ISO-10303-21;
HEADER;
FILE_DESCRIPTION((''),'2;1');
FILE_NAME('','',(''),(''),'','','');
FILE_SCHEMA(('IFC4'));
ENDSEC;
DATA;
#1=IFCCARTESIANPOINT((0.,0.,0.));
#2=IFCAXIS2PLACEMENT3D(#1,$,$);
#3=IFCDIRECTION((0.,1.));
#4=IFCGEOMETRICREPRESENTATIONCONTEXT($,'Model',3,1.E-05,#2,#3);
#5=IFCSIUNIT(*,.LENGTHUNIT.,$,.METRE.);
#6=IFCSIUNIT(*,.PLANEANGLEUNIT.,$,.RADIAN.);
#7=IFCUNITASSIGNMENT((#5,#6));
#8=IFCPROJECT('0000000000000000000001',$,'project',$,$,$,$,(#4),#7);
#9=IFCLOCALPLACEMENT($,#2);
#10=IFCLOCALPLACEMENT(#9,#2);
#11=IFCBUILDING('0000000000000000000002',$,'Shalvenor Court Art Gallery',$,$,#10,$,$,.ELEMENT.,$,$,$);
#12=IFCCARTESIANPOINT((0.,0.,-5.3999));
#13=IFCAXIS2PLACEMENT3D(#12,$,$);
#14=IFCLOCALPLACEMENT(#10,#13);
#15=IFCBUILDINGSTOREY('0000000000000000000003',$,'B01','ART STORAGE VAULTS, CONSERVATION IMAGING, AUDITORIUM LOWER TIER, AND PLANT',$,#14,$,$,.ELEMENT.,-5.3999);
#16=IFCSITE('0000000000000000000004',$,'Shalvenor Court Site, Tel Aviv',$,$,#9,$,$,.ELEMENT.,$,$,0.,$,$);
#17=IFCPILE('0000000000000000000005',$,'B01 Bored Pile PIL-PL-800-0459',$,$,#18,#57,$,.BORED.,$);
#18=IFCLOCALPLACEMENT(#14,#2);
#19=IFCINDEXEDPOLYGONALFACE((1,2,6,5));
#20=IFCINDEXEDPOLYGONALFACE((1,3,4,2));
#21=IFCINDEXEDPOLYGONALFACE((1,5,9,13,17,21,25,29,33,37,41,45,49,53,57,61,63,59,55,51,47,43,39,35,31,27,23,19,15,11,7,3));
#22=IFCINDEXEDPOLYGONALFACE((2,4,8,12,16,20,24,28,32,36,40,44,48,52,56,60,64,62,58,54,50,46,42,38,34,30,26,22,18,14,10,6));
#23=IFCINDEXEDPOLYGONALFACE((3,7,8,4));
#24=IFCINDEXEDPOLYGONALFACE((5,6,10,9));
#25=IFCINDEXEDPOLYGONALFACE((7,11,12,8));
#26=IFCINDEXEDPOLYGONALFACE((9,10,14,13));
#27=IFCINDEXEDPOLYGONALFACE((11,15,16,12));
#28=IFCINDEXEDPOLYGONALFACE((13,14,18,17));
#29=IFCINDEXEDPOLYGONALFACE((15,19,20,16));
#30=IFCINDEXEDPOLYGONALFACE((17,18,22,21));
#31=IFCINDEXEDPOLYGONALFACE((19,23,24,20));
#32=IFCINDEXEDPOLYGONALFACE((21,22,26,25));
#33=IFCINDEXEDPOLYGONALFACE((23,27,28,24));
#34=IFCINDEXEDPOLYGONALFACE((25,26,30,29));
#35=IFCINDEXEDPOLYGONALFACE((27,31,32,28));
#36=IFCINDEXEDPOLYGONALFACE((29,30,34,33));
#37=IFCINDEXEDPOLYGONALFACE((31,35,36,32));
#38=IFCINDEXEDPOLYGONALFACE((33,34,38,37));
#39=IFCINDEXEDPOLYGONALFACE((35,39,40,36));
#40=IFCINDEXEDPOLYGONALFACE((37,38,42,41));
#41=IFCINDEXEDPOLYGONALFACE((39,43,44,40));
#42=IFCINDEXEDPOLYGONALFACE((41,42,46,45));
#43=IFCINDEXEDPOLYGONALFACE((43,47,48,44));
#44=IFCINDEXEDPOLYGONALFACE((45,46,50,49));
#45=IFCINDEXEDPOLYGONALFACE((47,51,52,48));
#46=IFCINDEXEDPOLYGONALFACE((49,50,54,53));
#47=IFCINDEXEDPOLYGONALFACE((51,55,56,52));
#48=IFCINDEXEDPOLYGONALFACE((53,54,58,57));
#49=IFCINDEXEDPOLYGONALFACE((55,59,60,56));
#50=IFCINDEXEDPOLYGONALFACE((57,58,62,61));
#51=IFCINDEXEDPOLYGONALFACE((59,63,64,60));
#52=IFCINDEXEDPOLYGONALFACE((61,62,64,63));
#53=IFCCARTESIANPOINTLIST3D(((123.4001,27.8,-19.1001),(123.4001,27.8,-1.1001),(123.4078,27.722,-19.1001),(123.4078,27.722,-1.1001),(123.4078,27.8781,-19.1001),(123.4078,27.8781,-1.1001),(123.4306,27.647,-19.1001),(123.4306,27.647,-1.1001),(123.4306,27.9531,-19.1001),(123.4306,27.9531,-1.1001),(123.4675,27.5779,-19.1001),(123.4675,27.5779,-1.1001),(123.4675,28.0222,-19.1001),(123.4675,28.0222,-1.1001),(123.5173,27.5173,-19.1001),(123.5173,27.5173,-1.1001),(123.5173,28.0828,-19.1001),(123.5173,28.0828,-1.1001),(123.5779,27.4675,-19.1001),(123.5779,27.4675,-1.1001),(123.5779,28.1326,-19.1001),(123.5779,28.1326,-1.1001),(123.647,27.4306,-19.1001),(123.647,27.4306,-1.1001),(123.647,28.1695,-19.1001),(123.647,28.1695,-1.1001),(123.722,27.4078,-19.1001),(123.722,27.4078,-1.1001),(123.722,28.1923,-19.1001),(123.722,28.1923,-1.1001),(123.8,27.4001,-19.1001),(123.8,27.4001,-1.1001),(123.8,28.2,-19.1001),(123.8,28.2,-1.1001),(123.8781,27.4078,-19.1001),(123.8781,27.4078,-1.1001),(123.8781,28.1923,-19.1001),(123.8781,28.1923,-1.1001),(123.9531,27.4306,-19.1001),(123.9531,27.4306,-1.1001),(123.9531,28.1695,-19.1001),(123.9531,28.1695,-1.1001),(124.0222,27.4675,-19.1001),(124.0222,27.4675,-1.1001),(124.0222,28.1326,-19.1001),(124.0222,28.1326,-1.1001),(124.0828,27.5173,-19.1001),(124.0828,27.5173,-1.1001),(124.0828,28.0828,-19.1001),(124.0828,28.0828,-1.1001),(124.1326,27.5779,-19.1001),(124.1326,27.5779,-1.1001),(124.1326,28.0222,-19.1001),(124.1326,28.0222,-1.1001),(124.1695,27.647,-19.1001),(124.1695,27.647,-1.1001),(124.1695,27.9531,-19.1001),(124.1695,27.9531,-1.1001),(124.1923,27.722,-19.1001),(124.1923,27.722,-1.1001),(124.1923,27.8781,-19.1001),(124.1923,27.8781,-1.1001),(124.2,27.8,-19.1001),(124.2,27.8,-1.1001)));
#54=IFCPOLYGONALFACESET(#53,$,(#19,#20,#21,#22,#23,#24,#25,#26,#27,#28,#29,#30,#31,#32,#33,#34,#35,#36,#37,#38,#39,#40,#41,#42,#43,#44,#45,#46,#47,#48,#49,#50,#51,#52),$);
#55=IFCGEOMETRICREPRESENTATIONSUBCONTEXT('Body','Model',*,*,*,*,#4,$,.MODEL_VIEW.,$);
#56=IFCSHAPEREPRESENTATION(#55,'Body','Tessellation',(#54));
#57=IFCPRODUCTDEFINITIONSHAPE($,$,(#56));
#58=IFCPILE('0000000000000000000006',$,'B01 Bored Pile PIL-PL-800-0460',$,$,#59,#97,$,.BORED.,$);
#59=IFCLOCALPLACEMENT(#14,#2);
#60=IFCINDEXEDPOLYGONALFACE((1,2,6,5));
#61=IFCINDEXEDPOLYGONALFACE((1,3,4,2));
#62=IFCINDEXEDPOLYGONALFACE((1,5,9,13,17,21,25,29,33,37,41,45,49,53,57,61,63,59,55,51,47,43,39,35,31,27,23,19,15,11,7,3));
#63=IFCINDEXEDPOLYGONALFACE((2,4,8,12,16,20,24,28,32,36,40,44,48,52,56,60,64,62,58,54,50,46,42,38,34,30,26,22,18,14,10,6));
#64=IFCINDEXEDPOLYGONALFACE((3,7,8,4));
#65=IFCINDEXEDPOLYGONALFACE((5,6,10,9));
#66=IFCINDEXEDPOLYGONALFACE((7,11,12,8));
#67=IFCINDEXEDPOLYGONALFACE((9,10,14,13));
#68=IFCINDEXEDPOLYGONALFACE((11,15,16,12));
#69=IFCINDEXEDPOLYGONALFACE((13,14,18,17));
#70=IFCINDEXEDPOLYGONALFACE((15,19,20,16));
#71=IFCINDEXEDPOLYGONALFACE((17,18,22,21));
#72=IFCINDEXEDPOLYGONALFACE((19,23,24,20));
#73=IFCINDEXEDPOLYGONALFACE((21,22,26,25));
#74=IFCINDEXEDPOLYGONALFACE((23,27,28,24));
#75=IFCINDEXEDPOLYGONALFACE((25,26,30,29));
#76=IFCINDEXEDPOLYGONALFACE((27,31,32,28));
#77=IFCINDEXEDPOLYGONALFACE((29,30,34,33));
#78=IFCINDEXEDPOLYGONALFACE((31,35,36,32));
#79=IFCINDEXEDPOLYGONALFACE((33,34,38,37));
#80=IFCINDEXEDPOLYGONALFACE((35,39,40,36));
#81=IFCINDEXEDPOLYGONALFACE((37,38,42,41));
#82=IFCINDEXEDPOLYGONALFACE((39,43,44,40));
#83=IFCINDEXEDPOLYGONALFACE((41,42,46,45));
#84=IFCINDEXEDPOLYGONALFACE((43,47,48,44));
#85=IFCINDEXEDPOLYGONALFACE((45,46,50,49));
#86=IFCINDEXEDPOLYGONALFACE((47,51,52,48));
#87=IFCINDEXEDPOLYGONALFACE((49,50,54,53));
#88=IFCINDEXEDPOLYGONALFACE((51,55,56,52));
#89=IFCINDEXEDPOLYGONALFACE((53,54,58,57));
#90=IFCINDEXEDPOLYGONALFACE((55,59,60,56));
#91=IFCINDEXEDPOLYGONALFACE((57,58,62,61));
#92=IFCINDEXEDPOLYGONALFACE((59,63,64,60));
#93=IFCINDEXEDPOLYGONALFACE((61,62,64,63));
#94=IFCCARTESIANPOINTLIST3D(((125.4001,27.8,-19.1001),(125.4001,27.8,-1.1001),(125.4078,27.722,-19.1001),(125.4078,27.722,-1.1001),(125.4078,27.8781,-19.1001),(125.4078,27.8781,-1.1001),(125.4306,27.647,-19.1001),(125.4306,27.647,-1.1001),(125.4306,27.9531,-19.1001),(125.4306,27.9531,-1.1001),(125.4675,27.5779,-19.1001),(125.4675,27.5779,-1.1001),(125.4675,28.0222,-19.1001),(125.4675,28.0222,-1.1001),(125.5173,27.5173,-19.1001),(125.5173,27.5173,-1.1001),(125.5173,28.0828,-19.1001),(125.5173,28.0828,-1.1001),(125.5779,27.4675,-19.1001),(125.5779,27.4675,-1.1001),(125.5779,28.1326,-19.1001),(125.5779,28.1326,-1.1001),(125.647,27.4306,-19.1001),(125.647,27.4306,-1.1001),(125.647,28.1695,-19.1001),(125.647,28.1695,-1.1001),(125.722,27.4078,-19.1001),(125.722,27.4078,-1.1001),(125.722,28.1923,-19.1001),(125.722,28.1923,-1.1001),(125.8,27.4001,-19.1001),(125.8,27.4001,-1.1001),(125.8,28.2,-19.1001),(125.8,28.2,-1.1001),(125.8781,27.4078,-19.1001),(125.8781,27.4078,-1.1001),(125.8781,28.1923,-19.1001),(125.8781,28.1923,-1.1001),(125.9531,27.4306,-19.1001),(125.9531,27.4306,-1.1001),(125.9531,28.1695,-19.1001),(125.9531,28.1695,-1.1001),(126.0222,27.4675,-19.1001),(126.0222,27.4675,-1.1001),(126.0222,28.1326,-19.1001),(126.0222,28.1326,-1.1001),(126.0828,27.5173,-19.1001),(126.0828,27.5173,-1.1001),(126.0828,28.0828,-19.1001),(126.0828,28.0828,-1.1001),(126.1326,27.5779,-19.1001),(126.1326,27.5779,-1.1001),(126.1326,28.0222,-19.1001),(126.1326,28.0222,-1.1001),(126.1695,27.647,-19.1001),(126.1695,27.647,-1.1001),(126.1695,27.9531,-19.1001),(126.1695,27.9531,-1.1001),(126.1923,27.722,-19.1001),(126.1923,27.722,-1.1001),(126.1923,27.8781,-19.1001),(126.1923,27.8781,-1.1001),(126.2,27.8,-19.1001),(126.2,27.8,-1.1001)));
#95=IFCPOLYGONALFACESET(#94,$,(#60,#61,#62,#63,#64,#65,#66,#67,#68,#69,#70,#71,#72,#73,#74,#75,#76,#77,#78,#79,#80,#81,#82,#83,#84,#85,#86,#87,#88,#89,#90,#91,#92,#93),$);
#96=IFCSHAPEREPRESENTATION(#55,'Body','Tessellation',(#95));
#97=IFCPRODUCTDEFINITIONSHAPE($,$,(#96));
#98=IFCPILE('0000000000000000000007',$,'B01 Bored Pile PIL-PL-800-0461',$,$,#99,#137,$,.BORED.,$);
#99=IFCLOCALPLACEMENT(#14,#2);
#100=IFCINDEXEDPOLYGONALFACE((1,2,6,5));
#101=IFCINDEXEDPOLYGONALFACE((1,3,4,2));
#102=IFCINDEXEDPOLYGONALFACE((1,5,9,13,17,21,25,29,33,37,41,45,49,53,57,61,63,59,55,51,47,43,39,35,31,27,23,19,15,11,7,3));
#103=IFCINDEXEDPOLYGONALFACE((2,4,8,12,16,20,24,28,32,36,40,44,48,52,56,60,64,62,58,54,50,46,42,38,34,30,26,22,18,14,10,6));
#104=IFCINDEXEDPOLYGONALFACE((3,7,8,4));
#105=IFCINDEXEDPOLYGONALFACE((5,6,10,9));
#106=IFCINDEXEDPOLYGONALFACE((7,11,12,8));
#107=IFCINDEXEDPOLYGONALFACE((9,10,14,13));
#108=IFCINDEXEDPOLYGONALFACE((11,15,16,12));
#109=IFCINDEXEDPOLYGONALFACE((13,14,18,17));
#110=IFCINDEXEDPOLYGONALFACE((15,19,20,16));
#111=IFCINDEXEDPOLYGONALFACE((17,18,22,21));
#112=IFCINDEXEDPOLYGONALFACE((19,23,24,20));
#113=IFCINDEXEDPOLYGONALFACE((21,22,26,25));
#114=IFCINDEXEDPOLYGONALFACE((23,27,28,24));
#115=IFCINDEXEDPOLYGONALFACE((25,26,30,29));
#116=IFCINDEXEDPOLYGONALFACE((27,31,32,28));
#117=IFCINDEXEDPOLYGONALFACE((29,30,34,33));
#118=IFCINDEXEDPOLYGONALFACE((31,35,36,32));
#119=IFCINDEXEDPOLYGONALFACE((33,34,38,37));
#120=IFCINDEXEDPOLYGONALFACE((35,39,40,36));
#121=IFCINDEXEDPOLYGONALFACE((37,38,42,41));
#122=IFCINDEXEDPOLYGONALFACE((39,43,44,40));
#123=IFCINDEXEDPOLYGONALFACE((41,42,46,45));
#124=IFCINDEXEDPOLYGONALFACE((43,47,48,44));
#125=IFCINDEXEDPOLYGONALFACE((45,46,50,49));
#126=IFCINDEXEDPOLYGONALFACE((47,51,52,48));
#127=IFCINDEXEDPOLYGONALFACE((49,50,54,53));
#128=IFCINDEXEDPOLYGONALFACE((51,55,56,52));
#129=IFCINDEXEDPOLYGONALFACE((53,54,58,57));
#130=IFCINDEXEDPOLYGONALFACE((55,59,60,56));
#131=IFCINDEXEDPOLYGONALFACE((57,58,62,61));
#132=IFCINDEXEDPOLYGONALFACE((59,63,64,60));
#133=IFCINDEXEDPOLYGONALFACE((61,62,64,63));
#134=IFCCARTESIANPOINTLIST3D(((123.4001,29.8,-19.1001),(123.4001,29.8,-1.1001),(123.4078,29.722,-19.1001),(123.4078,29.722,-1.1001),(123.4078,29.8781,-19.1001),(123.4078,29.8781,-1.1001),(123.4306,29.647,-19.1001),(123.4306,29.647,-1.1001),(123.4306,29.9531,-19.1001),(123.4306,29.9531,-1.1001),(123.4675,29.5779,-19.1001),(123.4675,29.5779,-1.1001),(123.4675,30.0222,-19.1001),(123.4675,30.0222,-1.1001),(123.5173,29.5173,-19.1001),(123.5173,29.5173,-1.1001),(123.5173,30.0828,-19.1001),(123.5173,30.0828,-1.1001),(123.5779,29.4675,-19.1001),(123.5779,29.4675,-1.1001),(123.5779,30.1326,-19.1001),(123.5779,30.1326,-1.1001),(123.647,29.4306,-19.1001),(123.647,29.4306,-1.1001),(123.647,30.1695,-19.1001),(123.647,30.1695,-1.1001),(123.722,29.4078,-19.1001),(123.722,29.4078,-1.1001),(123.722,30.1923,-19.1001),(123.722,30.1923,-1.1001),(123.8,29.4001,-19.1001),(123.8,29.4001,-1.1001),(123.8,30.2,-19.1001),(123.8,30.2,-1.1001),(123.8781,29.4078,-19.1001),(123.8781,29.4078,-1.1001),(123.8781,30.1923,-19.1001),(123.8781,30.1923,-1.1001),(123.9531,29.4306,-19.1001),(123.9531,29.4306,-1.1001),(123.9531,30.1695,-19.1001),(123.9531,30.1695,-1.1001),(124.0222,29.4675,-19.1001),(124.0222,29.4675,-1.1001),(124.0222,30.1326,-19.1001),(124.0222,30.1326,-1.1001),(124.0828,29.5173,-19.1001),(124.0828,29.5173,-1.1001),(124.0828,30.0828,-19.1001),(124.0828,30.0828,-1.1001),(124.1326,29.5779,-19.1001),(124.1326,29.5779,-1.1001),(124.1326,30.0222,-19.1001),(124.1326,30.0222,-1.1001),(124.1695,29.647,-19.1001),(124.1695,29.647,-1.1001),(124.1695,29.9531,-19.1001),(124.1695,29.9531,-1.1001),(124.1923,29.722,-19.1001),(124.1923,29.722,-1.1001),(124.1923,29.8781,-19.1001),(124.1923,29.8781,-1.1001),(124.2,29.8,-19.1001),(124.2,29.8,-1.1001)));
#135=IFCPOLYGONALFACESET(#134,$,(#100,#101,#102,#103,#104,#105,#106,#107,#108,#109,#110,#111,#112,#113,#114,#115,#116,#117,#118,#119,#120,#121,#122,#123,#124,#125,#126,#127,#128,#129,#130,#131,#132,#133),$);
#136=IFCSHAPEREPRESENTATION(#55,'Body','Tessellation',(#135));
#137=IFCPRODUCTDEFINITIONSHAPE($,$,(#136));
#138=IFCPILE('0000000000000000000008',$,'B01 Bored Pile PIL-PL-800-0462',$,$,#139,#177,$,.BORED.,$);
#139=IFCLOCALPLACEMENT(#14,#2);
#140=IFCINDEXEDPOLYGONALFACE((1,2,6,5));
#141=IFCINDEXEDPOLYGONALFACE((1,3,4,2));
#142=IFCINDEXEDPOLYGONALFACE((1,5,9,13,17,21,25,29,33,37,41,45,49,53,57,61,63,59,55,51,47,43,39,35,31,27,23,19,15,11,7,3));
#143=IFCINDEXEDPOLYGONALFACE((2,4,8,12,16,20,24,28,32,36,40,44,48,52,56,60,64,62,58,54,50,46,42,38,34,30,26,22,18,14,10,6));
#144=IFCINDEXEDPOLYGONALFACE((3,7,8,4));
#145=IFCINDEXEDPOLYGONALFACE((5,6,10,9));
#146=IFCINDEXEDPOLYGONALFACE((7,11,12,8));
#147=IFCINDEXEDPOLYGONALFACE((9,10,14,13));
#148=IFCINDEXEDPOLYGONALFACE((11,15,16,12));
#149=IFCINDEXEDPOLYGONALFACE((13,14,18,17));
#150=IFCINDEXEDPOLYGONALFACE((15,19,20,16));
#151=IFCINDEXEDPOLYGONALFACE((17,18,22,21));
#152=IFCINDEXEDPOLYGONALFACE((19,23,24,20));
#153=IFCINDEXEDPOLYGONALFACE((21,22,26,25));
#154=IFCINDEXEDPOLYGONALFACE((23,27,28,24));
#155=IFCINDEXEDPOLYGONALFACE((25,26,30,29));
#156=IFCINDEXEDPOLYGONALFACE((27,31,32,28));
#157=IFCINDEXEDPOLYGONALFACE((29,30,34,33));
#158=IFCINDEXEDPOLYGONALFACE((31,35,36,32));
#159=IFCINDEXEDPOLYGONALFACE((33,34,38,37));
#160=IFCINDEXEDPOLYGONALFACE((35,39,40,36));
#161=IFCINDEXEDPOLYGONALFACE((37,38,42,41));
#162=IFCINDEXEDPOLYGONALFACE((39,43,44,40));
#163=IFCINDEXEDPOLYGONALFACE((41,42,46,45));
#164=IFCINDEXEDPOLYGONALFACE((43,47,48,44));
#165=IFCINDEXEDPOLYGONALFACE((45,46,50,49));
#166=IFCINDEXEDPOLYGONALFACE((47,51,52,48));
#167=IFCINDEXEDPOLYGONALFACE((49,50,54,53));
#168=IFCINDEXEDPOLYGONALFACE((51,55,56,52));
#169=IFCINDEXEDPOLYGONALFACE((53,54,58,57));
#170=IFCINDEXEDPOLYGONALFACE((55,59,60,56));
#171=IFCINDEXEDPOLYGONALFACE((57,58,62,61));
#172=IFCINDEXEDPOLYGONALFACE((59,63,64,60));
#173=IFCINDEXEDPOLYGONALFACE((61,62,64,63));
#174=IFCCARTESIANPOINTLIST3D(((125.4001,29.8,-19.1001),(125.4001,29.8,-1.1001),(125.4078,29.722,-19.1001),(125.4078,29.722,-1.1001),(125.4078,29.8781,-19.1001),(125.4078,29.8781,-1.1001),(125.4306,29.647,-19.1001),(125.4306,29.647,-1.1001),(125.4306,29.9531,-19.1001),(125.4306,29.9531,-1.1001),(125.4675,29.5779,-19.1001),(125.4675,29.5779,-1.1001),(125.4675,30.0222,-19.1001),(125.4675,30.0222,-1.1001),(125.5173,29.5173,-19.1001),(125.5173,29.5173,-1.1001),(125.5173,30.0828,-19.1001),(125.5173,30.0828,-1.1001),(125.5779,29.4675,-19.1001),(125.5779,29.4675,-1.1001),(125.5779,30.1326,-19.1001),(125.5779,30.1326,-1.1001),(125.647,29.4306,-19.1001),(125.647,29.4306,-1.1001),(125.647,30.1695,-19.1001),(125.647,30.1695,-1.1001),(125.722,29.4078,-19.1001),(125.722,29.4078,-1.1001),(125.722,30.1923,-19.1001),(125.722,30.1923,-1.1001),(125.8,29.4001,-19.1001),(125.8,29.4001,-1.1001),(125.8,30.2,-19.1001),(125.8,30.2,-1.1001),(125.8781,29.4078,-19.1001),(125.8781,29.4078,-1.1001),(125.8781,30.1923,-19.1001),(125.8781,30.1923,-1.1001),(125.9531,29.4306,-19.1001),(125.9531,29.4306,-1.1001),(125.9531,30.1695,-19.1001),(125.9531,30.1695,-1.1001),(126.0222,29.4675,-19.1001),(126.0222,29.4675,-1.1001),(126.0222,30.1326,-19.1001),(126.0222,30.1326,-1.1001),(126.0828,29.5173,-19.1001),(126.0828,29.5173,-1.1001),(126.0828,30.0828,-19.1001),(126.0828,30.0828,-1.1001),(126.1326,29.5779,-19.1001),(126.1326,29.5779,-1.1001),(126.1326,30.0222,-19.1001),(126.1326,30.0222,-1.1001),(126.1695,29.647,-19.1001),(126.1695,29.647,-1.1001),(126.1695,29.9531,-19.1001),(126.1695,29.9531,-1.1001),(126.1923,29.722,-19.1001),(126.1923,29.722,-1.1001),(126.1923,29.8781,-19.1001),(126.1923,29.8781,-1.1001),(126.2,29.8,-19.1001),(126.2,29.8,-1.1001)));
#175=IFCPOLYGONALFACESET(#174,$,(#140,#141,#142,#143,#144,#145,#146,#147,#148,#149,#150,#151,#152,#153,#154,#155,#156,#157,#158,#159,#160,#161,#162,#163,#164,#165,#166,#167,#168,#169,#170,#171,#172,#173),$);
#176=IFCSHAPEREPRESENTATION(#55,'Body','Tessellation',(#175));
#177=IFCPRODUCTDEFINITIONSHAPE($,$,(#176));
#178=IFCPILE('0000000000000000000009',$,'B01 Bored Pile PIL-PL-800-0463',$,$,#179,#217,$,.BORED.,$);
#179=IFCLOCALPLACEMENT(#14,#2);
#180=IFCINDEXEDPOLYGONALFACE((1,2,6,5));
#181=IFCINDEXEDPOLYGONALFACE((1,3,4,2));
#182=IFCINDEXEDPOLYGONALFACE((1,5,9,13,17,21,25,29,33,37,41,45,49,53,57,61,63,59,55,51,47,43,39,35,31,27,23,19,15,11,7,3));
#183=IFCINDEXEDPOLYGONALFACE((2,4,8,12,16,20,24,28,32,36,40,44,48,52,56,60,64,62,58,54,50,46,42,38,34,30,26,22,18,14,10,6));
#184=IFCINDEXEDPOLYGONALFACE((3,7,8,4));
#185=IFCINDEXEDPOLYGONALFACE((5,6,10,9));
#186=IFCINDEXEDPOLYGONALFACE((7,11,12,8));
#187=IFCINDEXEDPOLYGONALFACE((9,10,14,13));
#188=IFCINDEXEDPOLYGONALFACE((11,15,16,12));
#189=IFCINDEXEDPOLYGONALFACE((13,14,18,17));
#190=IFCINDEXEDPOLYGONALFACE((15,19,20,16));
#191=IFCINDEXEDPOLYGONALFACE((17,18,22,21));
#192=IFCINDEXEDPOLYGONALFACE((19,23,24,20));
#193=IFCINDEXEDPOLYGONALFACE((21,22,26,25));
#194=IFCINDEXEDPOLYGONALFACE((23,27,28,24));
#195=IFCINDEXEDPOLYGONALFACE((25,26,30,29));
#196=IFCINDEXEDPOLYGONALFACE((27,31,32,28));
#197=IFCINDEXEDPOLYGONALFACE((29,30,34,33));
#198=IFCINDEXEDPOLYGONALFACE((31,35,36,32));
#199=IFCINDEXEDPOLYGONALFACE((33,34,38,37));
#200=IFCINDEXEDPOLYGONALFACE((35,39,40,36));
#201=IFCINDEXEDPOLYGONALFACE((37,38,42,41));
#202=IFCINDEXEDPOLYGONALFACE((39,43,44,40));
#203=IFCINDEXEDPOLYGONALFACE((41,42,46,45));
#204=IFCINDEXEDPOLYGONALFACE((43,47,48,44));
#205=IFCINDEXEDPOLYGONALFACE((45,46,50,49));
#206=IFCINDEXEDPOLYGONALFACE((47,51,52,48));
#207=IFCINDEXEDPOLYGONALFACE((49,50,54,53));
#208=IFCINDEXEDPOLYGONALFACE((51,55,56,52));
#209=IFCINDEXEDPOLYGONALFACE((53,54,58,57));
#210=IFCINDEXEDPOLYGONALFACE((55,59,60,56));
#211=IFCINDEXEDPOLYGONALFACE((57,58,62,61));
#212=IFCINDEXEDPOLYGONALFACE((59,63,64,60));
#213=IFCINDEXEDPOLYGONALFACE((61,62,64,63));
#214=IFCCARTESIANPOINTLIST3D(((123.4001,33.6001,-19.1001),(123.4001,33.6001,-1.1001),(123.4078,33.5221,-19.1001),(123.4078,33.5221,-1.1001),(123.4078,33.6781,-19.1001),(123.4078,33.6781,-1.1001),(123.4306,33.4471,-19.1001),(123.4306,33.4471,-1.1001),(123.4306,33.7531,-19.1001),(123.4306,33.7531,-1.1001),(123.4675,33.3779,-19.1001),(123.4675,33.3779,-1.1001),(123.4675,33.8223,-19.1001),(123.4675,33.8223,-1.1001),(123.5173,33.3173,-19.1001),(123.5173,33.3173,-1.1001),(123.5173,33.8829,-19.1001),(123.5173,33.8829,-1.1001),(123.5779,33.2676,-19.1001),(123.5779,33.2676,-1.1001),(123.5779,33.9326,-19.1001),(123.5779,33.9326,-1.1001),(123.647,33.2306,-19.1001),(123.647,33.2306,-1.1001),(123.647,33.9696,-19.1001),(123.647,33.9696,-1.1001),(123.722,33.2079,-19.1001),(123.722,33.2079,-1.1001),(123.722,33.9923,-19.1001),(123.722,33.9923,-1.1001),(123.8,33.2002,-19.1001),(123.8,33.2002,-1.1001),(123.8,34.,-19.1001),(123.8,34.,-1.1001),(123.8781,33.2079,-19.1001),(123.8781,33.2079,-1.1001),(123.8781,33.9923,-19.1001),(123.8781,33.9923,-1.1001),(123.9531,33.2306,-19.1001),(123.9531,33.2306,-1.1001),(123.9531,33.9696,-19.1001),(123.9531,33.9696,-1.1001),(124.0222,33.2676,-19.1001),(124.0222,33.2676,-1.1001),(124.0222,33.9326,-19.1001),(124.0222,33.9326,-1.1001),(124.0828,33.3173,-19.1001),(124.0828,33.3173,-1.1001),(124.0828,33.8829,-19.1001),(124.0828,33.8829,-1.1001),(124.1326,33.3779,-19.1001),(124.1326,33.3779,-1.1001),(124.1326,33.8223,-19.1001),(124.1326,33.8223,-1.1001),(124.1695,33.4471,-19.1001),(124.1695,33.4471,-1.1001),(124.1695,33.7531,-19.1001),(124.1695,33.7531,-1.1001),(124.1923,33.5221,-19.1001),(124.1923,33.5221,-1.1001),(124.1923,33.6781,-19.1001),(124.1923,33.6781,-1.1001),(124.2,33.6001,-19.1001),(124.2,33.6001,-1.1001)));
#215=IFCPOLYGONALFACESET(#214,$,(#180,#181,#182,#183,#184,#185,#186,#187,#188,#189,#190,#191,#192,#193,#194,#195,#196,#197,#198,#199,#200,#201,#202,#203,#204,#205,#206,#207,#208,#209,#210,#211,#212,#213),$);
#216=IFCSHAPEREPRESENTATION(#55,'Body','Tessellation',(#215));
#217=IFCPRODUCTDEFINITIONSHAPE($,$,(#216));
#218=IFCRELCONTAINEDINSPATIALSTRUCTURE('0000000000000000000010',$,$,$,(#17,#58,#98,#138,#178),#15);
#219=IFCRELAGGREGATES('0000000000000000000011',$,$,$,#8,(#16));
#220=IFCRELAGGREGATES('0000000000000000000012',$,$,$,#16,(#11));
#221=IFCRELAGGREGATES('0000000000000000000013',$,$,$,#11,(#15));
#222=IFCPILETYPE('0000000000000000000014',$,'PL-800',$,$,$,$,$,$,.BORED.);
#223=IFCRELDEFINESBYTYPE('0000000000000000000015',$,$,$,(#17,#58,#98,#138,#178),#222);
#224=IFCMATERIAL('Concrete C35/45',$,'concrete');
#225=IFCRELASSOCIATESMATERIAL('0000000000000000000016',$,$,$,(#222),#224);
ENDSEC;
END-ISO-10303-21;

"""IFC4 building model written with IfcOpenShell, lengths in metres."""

from ifc_helpers import new_model, si_unit, direction, frame, origin, origin_2d, place, context, subcontext, project, spatial, circle, extrude, material, material_profile, profile_set, type_object, element, save


model = new_model("IFC4")

# Units and contexts
model_context = context("Model", 3, precision=1e-05, world=origin(), true_north=direction((0.0, 1.0)))
body_context = subcontext(model_context, "Body", "Model", "MODEL_VIEW")
ifc_project = project(units=[si_unit("LENGTHUNIT", "METRE"), si_unit("PLANEANGLEUNIT", "RADIAN")], contexts=[model_context])

# Site, building, storey
site_placement = place(None, origin())
site = spatial("IfcSite", under=ifc_project, at=site_placement, Name="Shalvenor Court Site, Tel Aviv", CompositionType="ELEMENT", RefElevation=0.0)
building_placement = place(site_placement, origin())
building = spatial("IfcBuilding", under=site, at=building_placement, Name="Shalvenor Court Art Gallery", CompositionType="ELEMENT")
storey_placement = place(building_placement, frame((0.0, 0.0, -5.3999)))
storey = spatial("IfcBuildingStorey", under=building, at=storey_placement, Name="B01", Description="ART STORAGE VAULTS, CONSERVATION IMAGING, AUDITORIUM LOWER TIER, AND PLANT", CompositionType="ELEMENT", Elevation=-5.3999)

# Piles
ifc_material_1 = material(Name="Concrete C35/45", Category="concrete")
ifc_material_profile_1 = material_profile(ifc_material_1, circle(Radius=0.3999, at=origin_2d()), Name="PILE 800")
ifc_profile_set_1 = profile_set([ifc_material_profile_1], Name="Concrete C35/45")
pile_type = type_object("IfcPileType", Name="PL-800", PredefinedType="BORED", material=ifc_profile_set_1)
for number, where, z_axis, x_axis, name in (
    (1, (123.8, 27.8, -1.1001), (0.0, 0.0, -1.0), (1.0, 0.0, 0.0), "B01 Bored Pile PIL-PL-800-0459"),
    (2, (125.8, 27.8, -1.1001), (0.0, 0.0, -1.0), (1.0, 0.0, 0.0), "B01 Bored Pile PIL-PL-800-0460"),
    (3, (123.8, 29.8, -1.1001), (0.0, 0.0, -1.0), (1.0, 0.0, 0.0), "B01 Bored Pile PIL-PL-800-0461"),
    (4, (125.8, 29.8, -1.1001), (0.0, 0.0, -1.0), (1.0, 0.0, 0.0), "B01 Bored Pile PIL-PL-800-0462"),
    (5, (123.8, 33.6001, -1.1001), (0.0, 0.0, -1.0), (1.0, 0.0, 0.0), "B01 Bored Pile PIL-PL-800-0463"),
):
    element("IfcPile", number, at=place(storey_placement, frame(where, z_axis=z_axis, x_axis=x_axis)), inside=storey, type_object=pile_type, Name=name, PredefinedType="BORED", context=body_context, shape_type="SweptSolid", body=[
        extrude(circle(Radius=0.3999, at=origin_2d()), origin(), (0.0, 0.0, 1.0), 18.0),
    ])

save(model, "model.ifc")
